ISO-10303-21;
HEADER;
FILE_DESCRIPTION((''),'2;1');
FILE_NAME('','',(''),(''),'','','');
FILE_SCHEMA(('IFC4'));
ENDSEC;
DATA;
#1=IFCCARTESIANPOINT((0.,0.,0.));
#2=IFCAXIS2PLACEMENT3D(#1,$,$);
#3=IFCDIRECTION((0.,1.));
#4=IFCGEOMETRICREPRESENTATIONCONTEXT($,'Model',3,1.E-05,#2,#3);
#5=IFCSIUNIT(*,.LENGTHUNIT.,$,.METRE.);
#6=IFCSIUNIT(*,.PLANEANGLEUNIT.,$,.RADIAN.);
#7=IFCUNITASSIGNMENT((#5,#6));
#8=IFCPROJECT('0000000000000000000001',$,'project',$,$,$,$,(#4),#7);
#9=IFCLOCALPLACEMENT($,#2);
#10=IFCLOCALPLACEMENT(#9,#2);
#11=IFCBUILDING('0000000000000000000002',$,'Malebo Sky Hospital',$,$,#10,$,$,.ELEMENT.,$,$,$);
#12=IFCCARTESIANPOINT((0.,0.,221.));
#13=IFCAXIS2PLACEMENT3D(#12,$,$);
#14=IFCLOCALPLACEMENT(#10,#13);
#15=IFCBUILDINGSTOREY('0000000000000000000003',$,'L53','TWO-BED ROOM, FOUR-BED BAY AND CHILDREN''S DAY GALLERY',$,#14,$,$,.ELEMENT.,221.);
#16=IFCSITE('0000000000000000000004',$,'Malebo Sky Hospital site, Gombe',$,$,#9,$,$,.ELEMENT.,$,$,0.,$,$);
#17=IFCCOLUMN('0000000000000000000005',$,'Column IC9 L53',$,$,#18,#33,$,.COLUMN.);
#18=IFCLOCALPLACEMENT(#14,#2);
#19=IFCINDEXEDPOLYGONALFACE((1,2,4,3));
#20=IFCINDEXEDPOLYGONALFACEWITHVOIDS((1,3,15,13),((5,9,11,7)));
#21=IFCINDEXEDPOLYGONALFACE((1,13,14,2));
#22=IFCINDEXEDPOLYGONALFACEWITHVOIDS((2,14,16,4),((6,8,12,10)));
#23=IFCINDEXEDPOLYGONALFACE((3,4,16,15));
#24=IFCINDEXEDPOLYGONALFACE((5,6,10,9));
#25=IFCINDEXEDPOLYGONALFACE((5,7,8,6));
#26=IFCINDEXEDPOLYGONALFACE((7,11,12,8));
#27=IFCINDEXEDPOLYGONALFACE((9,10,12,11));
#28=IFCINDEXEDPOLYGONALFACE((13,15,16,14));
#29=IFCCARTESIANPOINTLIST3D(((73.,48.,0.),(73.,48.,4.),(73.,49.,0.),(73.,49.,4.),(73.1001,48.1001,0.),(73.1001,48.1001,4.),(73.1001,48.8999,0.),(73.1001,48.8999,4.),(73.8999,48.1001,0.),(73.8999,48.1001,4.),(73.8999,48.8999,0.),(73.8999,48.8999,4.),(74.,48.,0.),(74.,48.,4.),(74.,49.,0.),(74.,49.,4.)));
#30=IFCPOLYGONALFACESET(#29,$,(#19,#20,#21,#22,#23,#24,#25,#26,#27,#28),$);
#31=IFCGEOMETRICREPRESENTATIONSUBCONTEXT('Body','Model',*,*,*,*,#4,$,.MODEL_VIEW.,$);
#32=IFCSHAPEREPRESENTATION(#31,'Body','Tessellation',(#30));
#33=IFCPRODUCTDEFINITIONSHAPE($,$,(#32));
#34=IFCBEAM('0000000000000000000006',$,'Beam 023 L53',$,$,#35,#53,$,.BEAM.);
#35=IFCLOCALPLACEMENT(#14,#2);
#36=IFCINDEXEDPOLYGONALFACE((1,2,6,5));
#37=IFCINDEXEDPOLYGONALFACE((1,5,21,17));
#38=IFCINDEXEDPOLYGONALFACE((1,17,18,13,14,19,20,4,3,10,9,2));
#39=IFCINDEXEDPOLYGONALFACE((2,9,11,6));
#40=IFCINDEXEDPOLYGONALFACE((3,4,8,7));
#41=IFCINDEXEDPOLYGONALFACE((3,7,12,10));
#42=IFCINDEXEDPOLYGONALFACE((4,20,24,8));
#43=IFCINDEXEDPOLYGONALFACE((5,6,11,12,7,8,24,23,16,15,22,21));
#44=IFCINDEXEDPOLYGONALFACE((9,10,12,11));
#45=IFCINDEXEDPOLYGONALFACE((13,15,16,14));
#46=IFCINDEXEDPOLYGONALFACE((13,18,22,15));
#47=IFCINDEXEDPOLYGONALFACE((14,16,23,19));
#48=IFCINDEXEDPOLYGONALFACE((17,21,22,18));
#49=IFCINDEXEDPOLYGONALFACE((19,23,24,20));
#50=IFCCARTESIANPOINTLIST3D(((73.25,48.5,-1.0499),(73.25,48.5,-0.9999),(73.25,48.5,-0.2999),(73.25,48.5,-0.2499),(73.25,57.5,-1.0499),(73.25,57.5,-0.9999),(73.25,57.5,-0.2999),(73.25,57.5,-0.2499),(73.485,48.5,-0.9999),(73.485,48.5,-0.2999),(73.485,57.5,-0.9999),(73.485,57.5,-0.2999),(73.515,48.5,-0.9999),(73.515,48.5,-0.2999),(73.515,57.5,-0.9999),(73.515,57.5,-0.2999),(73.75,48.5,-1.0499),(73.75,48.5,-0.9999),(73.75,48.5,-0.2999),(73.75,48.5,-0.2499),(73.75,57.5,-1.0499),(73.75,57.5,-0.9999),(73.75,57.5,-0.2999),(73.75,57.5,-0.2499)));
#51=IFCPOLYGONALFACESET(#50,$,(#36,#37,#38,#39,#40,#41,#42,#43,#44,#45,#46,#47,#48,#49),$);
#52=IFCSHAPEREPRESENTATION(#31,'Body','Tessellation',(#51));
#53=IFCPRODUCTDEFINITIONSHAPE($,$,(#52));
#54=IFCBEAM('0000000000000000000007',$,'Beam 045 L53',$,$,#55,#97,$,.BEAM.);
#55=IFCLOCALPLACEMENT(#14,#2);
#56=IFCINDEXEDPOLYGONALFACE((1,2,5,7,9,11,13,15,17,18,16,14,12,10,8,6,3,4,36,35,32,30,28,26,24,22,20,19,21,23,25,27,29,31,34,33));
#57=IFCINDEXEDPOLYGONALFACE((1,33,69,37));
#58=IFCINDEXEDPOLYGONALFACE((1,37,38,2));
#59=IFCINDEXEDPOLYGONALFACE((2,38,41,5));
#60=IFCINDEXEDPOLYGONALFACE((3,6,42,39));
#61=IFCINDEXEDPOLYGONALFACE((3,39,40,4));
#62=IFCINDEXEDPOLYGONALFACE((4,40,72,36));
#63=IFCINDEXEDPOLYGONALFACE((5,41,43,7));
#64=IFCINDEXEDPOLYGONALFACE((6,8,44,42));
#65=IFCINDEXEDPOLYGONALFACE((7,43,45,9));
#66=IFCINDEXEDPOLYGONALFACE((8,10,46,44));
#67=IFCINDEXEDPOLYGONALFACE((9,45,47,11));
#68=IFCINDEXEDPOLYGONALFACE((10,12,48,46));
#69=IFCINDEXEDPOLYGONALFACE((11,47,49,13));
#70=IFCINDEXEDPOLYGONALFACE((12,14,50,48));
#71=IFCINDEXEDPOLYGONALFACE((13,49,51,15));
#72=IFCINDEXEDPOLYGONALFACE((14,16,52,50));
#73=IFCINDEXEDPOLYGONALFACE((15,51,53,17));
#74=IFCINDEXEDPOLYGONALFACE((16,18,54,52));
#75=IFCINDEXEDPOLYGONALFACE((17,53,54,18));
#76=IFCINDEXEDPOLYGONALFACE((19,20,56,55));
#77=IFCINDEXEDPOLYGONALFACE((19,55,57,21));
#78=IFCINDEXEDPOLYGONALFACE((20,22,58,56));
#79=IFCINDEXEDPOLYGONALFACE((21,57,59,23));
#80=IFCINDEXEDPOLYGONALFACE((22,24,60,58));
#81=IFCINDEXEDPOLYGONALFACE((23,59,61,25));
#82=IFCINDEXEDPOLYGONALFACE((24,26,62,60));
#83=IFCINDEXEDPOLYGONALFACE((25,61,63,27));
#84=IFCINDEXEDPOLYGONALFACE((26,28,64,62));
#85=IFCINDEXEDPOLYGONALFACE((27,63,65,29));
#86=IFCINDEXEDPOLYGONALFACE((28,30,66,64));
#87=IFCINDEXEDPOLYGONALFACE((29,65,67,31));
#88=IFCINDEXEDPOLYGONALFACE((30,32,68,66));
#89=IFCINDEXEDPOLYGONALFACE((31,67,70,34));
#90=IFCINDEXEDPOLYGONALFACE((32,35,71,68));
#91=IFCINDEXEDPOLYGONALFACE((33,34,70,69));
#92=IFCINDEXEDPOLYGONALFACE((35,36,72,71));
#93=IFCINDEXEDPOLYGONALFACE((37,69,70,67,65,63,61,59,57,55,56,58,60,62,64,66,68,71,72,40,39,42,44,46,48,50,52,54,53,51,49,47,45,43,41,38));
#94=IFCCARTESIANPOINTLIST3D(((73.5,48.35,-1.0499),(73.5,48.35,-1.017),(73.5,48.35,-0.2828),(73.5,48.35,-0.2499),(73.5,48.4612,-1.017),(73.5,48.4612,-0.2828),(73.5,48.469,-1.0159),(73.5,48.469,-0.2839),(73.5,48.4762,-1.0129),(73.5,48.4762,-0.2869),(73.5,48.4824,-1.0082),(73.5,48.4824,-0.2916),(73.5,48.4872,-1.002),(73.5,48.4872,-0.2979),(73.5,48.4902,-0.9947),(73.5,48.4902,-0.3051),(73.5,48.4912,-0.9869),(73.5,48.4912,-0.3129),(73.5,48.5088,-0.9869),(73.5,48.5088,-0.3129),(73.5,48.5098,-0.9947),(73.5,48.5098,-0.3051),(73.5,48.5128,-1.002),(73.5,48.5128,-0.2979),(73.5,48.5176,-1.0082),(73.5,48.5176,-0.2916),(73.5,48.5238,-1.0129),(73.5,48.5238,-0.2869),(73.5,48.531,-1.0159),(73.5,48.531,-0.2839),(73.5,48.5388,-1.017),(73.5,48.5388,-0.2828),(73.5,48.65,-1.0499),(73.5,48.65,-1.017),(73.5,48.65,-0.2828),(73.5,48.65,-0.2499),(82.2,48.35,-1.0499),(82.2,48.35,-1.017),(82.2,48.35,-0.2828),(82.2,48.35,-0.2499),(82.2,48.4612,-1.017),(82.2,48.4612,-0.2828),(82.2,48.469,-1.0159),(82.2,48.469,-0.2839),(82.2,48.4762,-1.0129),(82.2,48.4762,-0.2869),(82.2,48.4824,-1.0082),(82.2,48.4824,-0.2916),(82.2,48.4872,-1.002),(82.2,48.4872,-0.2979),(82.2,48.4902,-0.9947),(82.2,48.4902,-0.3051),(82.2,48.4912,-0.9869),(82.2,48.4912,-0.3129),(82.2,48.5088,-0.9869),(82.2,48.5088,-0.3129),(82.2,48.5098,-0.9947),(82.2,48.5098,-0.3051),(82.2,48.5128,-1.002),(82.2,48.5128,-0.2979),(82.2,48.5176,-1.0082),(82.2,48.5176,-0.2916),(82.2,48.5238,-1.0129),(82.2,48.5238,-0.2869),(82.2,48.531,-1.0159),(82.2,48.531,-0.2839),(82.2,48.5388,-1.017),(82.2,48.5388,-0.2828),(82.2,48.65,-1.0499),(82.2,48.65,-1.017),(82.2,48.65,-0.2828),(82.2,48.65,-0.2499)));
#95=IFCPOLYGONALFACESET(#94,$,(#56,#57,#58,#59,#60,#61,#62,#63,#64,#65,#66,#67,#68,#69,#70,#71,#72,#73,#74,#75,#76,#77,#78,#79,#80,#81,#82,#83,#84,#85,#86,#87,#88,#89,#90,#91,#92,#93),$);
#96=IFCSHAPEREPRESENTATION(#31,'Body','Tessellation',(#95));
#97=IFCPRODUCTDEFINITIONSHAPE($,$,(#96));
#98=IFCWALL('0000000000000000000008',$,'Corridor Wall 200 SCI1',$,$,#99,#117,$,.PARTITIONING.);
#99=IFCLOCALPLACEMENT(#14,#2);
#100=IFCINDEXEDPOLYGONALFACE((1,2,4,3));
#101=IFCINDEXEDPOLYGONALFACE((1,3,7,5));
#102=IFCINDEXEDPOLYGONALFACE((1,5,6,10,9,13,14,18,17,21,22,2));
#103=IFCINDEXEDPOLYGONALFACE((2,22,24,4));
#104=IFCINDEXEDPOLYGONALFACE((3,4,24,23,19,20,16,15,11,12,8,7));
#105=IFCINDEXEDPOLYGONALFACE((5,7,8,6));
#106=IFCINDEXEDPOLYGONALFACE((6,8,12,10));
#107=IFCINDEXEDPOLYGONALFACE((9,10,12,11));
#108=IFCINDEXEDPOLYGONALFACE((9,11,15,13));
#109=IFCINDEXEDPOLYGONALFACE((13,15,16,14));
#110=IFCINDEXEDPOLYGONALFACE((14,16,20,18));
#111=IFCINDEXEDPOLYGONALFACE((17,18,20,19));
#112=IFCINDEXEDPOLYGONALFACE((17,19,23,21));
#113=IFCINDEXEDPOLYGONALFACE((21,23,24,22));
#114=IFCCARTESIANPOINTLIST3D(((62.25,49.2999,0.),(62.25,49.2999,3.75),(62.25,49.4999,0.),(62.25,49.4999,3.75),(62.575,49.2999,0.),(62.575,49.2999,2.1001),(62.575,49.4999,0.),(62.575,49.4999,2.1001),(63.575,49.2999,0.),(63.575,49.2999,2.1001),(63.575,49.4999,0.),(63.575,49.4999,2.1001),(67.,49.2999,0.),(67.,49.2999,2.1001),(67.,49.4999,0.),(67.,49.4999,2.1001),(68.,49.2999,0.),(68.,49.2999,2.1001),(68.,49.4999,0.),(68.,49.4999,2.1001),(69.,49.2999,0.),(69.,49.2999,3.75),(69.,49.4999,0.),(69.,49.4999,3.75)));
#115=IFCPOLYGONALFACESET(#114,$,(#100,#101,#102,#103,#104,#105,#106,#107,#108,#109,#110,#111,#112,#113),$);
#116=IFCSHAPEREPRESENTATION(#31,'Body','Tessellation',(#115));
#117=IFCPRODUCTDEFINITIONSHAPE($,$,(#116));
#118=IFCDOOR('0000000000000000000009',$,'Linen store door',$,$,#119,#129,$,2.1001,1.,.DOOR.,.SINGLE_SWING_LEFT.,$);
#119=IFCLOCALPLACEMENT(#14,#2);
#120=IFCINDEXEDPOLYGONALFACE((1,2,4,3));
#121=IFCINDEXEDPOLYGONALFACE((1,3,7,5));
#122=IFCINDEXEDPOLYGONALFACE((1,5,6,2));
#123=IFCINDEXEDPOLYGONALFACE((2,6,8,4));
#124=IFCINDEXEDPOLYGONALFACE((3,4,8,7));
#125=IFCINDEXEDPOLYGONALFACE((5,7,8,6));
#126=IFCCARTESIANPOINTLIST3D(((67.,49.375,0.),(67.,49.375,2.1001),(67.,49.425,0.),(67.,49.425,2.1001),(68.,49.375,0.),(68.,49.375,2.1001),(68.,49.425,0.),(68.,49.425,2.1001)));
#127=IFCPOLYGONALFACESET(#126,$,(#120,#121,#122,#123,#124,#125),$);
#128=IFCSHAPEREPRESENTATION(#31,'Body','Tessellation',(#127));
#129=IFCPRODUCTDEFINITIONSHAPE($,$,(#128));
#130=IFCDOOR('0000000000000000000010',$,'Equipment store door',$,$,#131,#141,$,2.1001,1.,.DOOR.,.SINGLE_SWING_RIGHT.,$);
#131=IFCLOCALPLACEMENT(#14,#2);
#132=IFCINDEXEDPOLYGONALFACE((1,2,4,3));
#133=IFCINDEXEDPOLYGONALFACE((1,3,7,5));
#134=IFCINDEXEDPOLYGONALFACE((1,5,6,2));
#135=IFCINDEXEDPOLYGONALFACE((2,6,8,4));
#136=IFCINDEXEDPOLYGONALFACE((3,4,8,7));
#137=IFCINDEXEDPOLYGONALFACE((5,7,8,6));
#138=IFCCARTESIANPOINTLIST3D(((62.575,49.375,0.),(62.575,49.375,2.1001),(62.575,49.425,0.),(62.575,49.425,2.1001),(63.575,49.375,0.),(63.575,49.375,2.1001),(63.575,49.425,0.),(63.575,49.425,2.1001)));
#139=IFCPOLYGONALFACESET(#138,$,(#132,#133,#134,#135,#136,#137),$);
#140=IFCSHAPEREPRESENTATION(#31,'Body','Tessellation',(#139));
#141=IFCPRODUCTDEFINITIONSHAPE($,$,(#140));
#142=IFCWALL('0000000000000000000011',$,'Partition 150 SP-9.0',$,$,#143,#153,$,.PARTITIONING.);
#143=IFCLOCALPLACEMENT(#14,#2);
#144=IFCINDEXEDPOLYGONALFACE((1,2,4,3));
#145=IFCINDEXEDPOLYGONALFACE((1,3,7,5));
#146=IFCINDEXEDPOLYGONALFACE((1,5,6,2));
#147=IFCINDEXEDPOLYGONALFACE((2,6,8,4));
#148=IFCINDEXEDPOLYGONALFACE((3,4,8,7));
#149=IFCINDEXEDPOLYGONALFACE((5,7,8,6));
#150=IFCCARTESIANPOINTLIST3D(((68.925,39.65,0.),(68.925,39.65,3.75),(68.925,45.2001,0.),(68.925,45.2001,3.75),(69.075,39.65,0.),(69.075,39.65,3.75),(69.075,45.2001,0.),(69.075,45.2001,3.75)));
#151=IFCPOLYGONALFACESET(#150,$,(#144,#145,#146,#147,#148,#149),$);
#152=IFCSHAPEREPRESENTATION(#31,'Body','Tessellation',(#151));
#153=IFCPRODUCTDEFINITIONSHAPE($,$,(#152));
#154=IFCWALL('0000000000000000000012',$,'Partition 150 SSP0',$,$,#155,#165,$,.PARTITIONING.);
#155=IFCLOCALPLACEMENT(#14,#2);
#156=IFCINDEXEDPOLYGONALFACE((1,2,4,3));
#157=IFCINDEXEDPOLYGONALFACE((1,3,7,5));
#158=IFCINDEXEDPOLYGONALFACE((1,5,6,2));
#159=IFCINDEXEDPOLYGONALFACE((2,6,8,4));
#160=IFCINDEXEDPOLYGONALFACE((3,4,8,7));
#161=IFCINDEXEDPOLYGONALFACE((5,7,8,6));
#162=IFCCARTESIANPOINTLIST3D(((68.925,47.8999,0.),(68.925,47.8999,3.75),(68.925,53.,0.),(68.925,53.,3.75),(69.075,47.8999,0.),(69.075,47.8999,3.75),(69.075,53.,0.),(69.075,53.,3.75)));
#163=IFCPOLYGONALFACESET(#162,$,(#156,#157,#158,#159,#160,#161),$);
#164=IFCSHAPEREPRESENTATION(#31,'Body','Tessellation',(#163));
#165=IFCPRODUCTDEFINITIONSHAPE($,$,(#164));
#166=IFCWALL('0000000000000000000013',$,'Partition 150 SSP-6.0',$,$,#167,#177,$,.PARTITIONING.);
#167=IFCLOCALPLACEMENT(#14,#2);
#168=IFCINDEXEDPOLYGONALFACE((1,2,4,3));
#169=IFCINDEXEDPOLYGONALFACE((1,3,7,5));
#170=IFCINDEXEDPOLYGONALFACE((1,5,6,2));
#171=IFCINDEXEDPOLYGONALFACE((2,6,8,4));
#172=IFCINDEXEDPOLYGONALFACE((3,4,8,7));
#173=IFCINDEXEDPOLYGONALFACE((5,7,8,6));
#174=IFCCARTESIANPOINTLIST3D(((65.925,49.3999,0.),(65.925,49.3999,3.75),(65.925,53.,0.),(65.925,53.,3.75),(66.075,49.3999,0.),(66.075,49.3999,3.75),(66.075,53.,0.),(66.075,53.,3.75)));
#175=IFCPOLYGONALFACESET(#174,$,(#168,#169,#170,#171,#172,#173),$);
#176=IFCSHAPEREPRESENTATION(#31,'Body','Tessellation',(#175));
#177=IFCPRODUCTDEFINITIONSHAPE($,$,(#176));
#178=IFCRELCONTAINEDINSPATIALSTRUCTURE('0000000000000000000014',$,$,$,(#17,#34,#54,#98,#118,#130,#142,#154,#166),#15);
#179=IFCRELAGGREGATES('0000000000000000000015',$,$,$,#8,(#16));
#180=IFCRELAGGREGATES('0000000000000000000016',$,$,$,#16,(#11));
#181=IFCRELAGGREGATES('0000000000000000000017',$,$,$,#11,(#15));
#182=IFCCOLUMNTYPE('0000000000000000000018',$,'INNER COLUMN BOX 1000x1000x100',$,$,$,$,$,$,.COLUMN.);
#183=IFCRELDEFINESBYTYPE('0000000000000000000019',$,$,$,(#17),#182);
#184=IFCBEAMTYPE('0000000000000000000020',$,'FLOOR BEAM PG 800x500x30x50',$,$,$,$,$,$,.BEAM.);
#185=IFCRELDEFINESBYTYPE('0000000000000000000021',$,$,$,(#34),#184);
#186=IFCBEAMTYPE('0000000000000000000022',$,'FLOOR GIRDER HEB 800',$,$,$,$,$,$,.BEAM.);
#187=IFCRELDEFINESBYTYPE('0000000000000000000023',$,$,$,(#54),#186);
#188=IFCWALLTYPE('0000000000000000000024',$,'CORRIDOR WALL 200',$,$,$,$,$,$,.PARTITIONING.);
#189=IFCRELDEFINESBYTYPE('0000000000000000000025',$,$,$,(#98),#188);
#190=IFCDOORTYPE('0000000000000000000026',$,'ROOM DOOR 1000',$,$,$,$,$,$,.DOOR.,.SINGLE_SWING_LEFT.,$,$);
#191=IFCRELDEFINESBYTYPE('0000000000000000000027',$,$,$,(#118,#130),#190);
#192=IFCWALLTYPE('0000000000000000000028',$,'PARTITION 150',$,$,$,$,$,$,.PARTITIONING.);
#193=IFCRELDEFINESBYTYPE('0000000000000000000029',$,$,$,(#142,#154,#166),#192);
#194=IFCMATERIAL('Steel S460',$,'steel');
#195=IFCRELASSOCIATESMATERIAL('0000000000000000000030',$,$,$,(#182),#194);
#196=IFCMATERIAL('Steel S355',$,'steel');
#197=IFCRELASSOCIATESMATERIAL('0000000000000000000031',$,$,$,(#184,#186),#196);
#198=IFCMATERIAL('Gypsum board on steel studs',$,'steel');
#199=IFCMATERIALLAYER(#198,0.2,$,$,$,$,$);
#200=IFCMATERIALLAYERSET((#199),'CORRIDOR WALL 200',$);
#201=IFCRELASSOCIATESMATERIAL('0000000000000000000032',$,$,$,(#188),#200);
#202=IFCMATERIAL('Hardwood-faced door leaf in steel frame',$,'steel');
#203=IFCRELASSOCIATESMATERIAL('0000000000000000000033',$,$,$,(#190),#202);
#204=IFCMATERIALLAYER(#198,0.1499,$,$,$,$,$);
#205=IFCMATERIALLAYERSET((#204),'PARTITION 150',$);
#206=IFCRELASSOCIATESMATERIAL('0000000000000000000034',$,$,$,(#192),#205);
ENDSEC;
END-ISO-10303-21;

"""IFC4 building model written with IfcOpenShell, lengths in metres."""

from ifc_helpers import new_model, si_unit, direction, frame, frame_2d, origin, origin_2d, place, context, subcontext, project, spatial, rectangle, hollow_rectangle, i_section, extrude, material, layer, layer_set, material_profile, profile_set, type_object, element, fill, save


model = new_model("IFC4")

# Units and contexts
model_context = context("Model", 3, precision=1e-05, world=origin(), true_north=direction((0.0, 1.0)))
body_context = subcontext(model_context, "Body", "Model", "MODEL_VIEW")
ifc_project = project(units=[si_unit("LENGTHUNIT", "METRE"), si_unit("PLANEANGLEUNIT", "RADIAN")], contexts=[model_context])

# Site, building, storey
site_placement = place(None, origin())
site = spatial("IfcSite", under=ifc_project, at=site_placement, Name="Malebo Sky Hospital site, Gombe", CompositionType="ELEMENT", RefElevation=0.0)
building_placement = place(site_placement, origin())
building = spatial("IfcBuilding", under=site, at=building_placement, Name="Malebo Sky Hospital", CompositionType="ELEMENT")
storey_placement = place(building_placement, frame((0.0, 0.0, 221.0)))
storey = spatial("IfcBuildingStorey", under=building, at=storey_placement, Name="L53", Description="TWO-BED ROOM, FOUR-BED BAY AND CHILDREN'S DAY GALLERY", CompositionType="ELEMENT", Elevation=221.0)

# Column
ifc_material_1 = material(Name="Steel S460", Category="steel")
ifc_material_profile_1 = material_profile(ifc_material_1, hollow_rectangle(XDim=1.0, YDim=1.0, WallThickness=0.1001, at=origin_2d()), Name="BOX 1000x1000x100")
ifc_profile_set_1 = profile_set([ifc_material_profile_1], Name="Steel S460")
column_type = type_object("IfcColumnType", Name="INNER COLUMN BOX 1000x1000x100", PredefinedType="COLUMN", material=ifc_profile_set_1)
column_placement = place(storey_placement, frame((73.5, 48.5, 0.0), z_axis=(0.0, 0.0, 1.0), x_axis=(1.0, 0.0, 0.0)))
element("IfcColumn", 1, at=column_placement, inside=storey, type_object=column_type, Name="Column IC9 L53", PredefinedType="COLUMN", context=body_context, shape_type="SweptSolid", body=[
    extrude(hollow_rectangle(XDim=1.0, YDim=1.0, WallThickness=0.1001, at=origin_2d()), origin(), (0.0, 0.0, 1.0), 4.0),
])

# Beams
ifc_material_2 = material(Name="Steel S355", Category="steel")
ifc_material_profile_2 = material_profile(ifc_material_2, i_section(OverallWidth=0.5, OverallDepth=0.8, WebThickness=0.03, FlangeThickness=0.05, at=origin_2d()), Name="PG 800x500x30x50")
ifc_profile_set_2 = profile_set([ifc_material_profile_2], Name="Steel S355")
beam_type_1 = type_object("IfcBeamType", Name="FLOOR BEAM PG 800x500x30x50", PredefinedType="BEAM", material=ifc_profile_set_2)
beam_1_placement = place(storey_placement, frame((73.5, 48.5, -0.6499), z_axis=(0.0, 1.0, 0.0), x_axis=(-1.0, 0.0, 0.0)))
element("IfcBeam", 2, at=beam_1_placement, inside=storey, type_object=beam_type_1, Name="Beam 023 L53", PredefinedType="BEAM", context=body_context, shape_type="SweptSolid", body=[
    extrude(i_section(OverallWidth=0.5, OverallDepth=0.8, WebThickness=0.03, FlangeThickness=0.05, at=origin_2d()), origin(), (0.0, 0.0, 1.0), 9.0),
])
ifc_material_profile_3 = material_profile(ifc_material_2, i_section(OverallWidth=0.3, OverallDepth=0.8, WebThickness=0.0176, FlangeThickness=0.033, FilletRadius=0.03, at=origin_2d()), Name="HEB 800")
ifc_profile_set_3 = profile_set([ifc_material_profile_3], Name="Steel S355")
beam_type_2 = type_object("IfcBeamType", Name="FLOOR GIRDER HEB 800", PredefinedType="BEAM", material=ifc_profile_set_3)
beam_2_placement = place(storey_placement, frame((73.5, 48.5, -0.6499), z_axis=(1.0, 0.0, 0.0), x_axis=(0.0, 1.0, 0.0)))
element("IfcBeam", 3, at=beam_2_placement, inside=storey, type_object=beam_type_2, Name="Beam 045 L53", PredefinedType="BEAM", context=body_context, shape_type="SweptSolid", body=[
    extrude(i_section(OverallWidth=0.3, OverallDepth=0.8, WebThickness=0.0176, FlangeThickness=0.033, FilletRadius=0.03, at=origin_2d()), origin(), (0.0, 0.0, 1.0), 8.7),
])

# Wall, openings, doors
ifc_material_3 = material(Name="Gypsum board on steel studs", Category="steel")
ifc_layer_1 = layer(ifc_material_3, 0.2)
ifc_layer_set_1 = layer_set([ifc_layer_1], Name="CORRIDOR WALL 200")
wall_type_1 = type_object("IfcWallType", Name="CORRIDOR WALL 200", PredefinedType="PARTITIONING", material=ifc_layer_set_1)
wall_1_placement = place(storey_placement, frame((69.0, 49.3999, 0.0), z_axis=(0.0, 0.0, 1.0), x_axis=(-1.0, 0.0, 0.0)))
wall_1 = element("IfcWall", 4, at=wall_1_placement, inside=storey, type_object=wall_type_1, Name="Corridor Wall 200 SCI1", PredefinedType="PARTITIONING", context=body_context, shape_type="SweptSolid", body=[
    extrude(rectangle(XDim=6.75, YDim=0.2, at=frame_2d((3.375, 0.0))), origin(), (0.0, 0.0, 1.0), 3.75),
])
opening_1_placement = place(wall_1_placement, frame((1.0, 0.0, 0.0)))
opening_1 = element("IfcOpeningElement", 5, at=opening_1_placement, cuts=wall_1, PredefinedType="OPENING", context=body_context, shape_type="SweptSolid", body=[
    extrude(rectangle(XDim=1.0, YDim=2.1001, at=frame_2d((0.5, 1.05))), frame((0.0, 0.1099, 0.0), z_axis=(0.0, -1.0, 0.0), x_axis=(1.0, 0.0, 0.0)), (0.0, 0.0, 1.0), 0.22),
])
opening_2_placement = place(wall_1_placement, frame((5.425, 0.0, 0.0)))
opening_2 = element("IfcOpeningElement", 6, at=opening_2_placement, cuts=wall_1, PredefinedType="OPENING", context=body_context, shape_type="SweptSolid", body=[
    extrude(rectangle(XDim=1.0, YDim=2.1001, at=frame_2d((0.5, 1.05))), frame((0.0, 0.1099, 0.0), z_axis=(0.0, -1.0, 0.0), x_axis=(1.0, 0.0, 0.0)), (0.0, 0.0, 1.0), 0.22),
])
ifc_material_4 = material(Name="Hardwood-faced door leaf in steel frame", Category="steel")
door_type = type_object("IfcDoorType", Name="ROOM DOOR 1000", OperationType="SINGLE_SWING_LEFT", PredefinedType="DOOR", material=ifc_material_4)
door_1_placement = place(opening_1_placement, origin())
door_1 = element("IfcDoor", 7, at=door_1_placement, inside=storey, type_object=door_type, Name="Linen store door", OperationType="SINGLE_SWING_LEFT", OverallHeight=2.1001, OverallWidth=1.0, PredefinedType="DOOR", context=body_context, shape_type="SweptSolid", body=[
    extrude(rectangle(XDim=1.0, YDim=2.1001, at=frame_2d((0.5, 1.05))), frame((0.0, 0.0249, 0.0), z_axis=(0.0, -1.0, 0.0), x_axis=(1.0, 0.0, 0.0)), (0.0, 0.0, 1.0), 0.05),
])
fill(opening_1, door_1)
door_2_placement = place(opening_2_placement, origin())
door_2 = element("IfcDoor", 8, at=door_2_placement, inside=storey, type_object=door_type, Name="Equipment store door", OperationType="SINGLE_SWING_RIGHT", OverallHeight=2.1001, OverallWidth=1.0, PredefinedType="DOOR", context=body_context, shape_type="SweptSolid", body=[
    extrude(rectangle(XDim=1.0, YDim=2.1001, at=frame_2d((0.5, 1.05))), frame((0.0, 0.0249, 0.0), z_axis=(0.0, -1.0, 0.0), x_axis=(1.0, 0.0, 0.0)), (0.0, 0.0, 1.0), 0.05),
])
fill(opening_2, door_2)

# Walls
ifc_layer_2 = layer(ifc_material_3, 0.1499)
ifc_layer_set_2 = layer_set([ifc_layer_2], Name="PARTITION 150")
wall_type_2 = type_object("IfcWallType", Name="PARTITION 150", PredefinedType="PARTITIONING", material=ifc_layer_set_2)
wall_2_placement = place(storey_placement, frame((69.0, 45.2, 0.0), z_axis=(0.0, 0.0, 1.0), x_axis=(0.0, -1.0, 0.0)))
element("IfcWall", 9, at=wall_2_placement, inside=storey, type_object=wall_type_2, Name="Partition 150 SP-9.0", PredefinedType="PARTITIONING", context=body_context, shape_type="SweptSolid", body=[
    extrude(rectangle(XDim=5.55, YDim=0.1499, at=frame_2d((2.7749, 0.0))), origin(), (0.0, 0.0, 1.0), 3.75),
])
wall_3_placement = place(storey_placement, frame((69.0, 53.0, 0.0), z_axis=(0.0, 0.0, 1.0), x_axis=(0.0, -1.0, 0.0)))
element("IfcWall", 10, at=wall_3_placement, inside=storey, type_object=wall_type_2, Name="Partition 150 SSP0", PredefinedType="PARTITIONING", context=body_context, shape_type="SweptSolid", body=[
    extrude(rectangle(XDim=5.1001, YDim=0.1499, at=frame_2d((2.55, 0.0))), origin(), (0.0, 0.0, 1.0), 3.75),
])
wall_4_placement = place(storey_placement, frame((66.0, 53.0, 0.0), z_axis=(0.0, 0.0, 1.0), x_axis=(0.0, -1.0, 0.0)))
element("IfcWall", 11, at=wall_4_placement, inside=storey, type_object=wall_type_2, Name="Partition 150 SSP-6.0", PredefinedType="PARTITIONING", context=body_context, shape_type="SweptSolid", body=[
    extrude(rectangle(XDim=3.6001, YDim=0.1499, at=frame_2d((1.8, 0.0))), origin(), (0.0, 0.0, 1.0), 3.75),
])

save(model, "model.ifc")
